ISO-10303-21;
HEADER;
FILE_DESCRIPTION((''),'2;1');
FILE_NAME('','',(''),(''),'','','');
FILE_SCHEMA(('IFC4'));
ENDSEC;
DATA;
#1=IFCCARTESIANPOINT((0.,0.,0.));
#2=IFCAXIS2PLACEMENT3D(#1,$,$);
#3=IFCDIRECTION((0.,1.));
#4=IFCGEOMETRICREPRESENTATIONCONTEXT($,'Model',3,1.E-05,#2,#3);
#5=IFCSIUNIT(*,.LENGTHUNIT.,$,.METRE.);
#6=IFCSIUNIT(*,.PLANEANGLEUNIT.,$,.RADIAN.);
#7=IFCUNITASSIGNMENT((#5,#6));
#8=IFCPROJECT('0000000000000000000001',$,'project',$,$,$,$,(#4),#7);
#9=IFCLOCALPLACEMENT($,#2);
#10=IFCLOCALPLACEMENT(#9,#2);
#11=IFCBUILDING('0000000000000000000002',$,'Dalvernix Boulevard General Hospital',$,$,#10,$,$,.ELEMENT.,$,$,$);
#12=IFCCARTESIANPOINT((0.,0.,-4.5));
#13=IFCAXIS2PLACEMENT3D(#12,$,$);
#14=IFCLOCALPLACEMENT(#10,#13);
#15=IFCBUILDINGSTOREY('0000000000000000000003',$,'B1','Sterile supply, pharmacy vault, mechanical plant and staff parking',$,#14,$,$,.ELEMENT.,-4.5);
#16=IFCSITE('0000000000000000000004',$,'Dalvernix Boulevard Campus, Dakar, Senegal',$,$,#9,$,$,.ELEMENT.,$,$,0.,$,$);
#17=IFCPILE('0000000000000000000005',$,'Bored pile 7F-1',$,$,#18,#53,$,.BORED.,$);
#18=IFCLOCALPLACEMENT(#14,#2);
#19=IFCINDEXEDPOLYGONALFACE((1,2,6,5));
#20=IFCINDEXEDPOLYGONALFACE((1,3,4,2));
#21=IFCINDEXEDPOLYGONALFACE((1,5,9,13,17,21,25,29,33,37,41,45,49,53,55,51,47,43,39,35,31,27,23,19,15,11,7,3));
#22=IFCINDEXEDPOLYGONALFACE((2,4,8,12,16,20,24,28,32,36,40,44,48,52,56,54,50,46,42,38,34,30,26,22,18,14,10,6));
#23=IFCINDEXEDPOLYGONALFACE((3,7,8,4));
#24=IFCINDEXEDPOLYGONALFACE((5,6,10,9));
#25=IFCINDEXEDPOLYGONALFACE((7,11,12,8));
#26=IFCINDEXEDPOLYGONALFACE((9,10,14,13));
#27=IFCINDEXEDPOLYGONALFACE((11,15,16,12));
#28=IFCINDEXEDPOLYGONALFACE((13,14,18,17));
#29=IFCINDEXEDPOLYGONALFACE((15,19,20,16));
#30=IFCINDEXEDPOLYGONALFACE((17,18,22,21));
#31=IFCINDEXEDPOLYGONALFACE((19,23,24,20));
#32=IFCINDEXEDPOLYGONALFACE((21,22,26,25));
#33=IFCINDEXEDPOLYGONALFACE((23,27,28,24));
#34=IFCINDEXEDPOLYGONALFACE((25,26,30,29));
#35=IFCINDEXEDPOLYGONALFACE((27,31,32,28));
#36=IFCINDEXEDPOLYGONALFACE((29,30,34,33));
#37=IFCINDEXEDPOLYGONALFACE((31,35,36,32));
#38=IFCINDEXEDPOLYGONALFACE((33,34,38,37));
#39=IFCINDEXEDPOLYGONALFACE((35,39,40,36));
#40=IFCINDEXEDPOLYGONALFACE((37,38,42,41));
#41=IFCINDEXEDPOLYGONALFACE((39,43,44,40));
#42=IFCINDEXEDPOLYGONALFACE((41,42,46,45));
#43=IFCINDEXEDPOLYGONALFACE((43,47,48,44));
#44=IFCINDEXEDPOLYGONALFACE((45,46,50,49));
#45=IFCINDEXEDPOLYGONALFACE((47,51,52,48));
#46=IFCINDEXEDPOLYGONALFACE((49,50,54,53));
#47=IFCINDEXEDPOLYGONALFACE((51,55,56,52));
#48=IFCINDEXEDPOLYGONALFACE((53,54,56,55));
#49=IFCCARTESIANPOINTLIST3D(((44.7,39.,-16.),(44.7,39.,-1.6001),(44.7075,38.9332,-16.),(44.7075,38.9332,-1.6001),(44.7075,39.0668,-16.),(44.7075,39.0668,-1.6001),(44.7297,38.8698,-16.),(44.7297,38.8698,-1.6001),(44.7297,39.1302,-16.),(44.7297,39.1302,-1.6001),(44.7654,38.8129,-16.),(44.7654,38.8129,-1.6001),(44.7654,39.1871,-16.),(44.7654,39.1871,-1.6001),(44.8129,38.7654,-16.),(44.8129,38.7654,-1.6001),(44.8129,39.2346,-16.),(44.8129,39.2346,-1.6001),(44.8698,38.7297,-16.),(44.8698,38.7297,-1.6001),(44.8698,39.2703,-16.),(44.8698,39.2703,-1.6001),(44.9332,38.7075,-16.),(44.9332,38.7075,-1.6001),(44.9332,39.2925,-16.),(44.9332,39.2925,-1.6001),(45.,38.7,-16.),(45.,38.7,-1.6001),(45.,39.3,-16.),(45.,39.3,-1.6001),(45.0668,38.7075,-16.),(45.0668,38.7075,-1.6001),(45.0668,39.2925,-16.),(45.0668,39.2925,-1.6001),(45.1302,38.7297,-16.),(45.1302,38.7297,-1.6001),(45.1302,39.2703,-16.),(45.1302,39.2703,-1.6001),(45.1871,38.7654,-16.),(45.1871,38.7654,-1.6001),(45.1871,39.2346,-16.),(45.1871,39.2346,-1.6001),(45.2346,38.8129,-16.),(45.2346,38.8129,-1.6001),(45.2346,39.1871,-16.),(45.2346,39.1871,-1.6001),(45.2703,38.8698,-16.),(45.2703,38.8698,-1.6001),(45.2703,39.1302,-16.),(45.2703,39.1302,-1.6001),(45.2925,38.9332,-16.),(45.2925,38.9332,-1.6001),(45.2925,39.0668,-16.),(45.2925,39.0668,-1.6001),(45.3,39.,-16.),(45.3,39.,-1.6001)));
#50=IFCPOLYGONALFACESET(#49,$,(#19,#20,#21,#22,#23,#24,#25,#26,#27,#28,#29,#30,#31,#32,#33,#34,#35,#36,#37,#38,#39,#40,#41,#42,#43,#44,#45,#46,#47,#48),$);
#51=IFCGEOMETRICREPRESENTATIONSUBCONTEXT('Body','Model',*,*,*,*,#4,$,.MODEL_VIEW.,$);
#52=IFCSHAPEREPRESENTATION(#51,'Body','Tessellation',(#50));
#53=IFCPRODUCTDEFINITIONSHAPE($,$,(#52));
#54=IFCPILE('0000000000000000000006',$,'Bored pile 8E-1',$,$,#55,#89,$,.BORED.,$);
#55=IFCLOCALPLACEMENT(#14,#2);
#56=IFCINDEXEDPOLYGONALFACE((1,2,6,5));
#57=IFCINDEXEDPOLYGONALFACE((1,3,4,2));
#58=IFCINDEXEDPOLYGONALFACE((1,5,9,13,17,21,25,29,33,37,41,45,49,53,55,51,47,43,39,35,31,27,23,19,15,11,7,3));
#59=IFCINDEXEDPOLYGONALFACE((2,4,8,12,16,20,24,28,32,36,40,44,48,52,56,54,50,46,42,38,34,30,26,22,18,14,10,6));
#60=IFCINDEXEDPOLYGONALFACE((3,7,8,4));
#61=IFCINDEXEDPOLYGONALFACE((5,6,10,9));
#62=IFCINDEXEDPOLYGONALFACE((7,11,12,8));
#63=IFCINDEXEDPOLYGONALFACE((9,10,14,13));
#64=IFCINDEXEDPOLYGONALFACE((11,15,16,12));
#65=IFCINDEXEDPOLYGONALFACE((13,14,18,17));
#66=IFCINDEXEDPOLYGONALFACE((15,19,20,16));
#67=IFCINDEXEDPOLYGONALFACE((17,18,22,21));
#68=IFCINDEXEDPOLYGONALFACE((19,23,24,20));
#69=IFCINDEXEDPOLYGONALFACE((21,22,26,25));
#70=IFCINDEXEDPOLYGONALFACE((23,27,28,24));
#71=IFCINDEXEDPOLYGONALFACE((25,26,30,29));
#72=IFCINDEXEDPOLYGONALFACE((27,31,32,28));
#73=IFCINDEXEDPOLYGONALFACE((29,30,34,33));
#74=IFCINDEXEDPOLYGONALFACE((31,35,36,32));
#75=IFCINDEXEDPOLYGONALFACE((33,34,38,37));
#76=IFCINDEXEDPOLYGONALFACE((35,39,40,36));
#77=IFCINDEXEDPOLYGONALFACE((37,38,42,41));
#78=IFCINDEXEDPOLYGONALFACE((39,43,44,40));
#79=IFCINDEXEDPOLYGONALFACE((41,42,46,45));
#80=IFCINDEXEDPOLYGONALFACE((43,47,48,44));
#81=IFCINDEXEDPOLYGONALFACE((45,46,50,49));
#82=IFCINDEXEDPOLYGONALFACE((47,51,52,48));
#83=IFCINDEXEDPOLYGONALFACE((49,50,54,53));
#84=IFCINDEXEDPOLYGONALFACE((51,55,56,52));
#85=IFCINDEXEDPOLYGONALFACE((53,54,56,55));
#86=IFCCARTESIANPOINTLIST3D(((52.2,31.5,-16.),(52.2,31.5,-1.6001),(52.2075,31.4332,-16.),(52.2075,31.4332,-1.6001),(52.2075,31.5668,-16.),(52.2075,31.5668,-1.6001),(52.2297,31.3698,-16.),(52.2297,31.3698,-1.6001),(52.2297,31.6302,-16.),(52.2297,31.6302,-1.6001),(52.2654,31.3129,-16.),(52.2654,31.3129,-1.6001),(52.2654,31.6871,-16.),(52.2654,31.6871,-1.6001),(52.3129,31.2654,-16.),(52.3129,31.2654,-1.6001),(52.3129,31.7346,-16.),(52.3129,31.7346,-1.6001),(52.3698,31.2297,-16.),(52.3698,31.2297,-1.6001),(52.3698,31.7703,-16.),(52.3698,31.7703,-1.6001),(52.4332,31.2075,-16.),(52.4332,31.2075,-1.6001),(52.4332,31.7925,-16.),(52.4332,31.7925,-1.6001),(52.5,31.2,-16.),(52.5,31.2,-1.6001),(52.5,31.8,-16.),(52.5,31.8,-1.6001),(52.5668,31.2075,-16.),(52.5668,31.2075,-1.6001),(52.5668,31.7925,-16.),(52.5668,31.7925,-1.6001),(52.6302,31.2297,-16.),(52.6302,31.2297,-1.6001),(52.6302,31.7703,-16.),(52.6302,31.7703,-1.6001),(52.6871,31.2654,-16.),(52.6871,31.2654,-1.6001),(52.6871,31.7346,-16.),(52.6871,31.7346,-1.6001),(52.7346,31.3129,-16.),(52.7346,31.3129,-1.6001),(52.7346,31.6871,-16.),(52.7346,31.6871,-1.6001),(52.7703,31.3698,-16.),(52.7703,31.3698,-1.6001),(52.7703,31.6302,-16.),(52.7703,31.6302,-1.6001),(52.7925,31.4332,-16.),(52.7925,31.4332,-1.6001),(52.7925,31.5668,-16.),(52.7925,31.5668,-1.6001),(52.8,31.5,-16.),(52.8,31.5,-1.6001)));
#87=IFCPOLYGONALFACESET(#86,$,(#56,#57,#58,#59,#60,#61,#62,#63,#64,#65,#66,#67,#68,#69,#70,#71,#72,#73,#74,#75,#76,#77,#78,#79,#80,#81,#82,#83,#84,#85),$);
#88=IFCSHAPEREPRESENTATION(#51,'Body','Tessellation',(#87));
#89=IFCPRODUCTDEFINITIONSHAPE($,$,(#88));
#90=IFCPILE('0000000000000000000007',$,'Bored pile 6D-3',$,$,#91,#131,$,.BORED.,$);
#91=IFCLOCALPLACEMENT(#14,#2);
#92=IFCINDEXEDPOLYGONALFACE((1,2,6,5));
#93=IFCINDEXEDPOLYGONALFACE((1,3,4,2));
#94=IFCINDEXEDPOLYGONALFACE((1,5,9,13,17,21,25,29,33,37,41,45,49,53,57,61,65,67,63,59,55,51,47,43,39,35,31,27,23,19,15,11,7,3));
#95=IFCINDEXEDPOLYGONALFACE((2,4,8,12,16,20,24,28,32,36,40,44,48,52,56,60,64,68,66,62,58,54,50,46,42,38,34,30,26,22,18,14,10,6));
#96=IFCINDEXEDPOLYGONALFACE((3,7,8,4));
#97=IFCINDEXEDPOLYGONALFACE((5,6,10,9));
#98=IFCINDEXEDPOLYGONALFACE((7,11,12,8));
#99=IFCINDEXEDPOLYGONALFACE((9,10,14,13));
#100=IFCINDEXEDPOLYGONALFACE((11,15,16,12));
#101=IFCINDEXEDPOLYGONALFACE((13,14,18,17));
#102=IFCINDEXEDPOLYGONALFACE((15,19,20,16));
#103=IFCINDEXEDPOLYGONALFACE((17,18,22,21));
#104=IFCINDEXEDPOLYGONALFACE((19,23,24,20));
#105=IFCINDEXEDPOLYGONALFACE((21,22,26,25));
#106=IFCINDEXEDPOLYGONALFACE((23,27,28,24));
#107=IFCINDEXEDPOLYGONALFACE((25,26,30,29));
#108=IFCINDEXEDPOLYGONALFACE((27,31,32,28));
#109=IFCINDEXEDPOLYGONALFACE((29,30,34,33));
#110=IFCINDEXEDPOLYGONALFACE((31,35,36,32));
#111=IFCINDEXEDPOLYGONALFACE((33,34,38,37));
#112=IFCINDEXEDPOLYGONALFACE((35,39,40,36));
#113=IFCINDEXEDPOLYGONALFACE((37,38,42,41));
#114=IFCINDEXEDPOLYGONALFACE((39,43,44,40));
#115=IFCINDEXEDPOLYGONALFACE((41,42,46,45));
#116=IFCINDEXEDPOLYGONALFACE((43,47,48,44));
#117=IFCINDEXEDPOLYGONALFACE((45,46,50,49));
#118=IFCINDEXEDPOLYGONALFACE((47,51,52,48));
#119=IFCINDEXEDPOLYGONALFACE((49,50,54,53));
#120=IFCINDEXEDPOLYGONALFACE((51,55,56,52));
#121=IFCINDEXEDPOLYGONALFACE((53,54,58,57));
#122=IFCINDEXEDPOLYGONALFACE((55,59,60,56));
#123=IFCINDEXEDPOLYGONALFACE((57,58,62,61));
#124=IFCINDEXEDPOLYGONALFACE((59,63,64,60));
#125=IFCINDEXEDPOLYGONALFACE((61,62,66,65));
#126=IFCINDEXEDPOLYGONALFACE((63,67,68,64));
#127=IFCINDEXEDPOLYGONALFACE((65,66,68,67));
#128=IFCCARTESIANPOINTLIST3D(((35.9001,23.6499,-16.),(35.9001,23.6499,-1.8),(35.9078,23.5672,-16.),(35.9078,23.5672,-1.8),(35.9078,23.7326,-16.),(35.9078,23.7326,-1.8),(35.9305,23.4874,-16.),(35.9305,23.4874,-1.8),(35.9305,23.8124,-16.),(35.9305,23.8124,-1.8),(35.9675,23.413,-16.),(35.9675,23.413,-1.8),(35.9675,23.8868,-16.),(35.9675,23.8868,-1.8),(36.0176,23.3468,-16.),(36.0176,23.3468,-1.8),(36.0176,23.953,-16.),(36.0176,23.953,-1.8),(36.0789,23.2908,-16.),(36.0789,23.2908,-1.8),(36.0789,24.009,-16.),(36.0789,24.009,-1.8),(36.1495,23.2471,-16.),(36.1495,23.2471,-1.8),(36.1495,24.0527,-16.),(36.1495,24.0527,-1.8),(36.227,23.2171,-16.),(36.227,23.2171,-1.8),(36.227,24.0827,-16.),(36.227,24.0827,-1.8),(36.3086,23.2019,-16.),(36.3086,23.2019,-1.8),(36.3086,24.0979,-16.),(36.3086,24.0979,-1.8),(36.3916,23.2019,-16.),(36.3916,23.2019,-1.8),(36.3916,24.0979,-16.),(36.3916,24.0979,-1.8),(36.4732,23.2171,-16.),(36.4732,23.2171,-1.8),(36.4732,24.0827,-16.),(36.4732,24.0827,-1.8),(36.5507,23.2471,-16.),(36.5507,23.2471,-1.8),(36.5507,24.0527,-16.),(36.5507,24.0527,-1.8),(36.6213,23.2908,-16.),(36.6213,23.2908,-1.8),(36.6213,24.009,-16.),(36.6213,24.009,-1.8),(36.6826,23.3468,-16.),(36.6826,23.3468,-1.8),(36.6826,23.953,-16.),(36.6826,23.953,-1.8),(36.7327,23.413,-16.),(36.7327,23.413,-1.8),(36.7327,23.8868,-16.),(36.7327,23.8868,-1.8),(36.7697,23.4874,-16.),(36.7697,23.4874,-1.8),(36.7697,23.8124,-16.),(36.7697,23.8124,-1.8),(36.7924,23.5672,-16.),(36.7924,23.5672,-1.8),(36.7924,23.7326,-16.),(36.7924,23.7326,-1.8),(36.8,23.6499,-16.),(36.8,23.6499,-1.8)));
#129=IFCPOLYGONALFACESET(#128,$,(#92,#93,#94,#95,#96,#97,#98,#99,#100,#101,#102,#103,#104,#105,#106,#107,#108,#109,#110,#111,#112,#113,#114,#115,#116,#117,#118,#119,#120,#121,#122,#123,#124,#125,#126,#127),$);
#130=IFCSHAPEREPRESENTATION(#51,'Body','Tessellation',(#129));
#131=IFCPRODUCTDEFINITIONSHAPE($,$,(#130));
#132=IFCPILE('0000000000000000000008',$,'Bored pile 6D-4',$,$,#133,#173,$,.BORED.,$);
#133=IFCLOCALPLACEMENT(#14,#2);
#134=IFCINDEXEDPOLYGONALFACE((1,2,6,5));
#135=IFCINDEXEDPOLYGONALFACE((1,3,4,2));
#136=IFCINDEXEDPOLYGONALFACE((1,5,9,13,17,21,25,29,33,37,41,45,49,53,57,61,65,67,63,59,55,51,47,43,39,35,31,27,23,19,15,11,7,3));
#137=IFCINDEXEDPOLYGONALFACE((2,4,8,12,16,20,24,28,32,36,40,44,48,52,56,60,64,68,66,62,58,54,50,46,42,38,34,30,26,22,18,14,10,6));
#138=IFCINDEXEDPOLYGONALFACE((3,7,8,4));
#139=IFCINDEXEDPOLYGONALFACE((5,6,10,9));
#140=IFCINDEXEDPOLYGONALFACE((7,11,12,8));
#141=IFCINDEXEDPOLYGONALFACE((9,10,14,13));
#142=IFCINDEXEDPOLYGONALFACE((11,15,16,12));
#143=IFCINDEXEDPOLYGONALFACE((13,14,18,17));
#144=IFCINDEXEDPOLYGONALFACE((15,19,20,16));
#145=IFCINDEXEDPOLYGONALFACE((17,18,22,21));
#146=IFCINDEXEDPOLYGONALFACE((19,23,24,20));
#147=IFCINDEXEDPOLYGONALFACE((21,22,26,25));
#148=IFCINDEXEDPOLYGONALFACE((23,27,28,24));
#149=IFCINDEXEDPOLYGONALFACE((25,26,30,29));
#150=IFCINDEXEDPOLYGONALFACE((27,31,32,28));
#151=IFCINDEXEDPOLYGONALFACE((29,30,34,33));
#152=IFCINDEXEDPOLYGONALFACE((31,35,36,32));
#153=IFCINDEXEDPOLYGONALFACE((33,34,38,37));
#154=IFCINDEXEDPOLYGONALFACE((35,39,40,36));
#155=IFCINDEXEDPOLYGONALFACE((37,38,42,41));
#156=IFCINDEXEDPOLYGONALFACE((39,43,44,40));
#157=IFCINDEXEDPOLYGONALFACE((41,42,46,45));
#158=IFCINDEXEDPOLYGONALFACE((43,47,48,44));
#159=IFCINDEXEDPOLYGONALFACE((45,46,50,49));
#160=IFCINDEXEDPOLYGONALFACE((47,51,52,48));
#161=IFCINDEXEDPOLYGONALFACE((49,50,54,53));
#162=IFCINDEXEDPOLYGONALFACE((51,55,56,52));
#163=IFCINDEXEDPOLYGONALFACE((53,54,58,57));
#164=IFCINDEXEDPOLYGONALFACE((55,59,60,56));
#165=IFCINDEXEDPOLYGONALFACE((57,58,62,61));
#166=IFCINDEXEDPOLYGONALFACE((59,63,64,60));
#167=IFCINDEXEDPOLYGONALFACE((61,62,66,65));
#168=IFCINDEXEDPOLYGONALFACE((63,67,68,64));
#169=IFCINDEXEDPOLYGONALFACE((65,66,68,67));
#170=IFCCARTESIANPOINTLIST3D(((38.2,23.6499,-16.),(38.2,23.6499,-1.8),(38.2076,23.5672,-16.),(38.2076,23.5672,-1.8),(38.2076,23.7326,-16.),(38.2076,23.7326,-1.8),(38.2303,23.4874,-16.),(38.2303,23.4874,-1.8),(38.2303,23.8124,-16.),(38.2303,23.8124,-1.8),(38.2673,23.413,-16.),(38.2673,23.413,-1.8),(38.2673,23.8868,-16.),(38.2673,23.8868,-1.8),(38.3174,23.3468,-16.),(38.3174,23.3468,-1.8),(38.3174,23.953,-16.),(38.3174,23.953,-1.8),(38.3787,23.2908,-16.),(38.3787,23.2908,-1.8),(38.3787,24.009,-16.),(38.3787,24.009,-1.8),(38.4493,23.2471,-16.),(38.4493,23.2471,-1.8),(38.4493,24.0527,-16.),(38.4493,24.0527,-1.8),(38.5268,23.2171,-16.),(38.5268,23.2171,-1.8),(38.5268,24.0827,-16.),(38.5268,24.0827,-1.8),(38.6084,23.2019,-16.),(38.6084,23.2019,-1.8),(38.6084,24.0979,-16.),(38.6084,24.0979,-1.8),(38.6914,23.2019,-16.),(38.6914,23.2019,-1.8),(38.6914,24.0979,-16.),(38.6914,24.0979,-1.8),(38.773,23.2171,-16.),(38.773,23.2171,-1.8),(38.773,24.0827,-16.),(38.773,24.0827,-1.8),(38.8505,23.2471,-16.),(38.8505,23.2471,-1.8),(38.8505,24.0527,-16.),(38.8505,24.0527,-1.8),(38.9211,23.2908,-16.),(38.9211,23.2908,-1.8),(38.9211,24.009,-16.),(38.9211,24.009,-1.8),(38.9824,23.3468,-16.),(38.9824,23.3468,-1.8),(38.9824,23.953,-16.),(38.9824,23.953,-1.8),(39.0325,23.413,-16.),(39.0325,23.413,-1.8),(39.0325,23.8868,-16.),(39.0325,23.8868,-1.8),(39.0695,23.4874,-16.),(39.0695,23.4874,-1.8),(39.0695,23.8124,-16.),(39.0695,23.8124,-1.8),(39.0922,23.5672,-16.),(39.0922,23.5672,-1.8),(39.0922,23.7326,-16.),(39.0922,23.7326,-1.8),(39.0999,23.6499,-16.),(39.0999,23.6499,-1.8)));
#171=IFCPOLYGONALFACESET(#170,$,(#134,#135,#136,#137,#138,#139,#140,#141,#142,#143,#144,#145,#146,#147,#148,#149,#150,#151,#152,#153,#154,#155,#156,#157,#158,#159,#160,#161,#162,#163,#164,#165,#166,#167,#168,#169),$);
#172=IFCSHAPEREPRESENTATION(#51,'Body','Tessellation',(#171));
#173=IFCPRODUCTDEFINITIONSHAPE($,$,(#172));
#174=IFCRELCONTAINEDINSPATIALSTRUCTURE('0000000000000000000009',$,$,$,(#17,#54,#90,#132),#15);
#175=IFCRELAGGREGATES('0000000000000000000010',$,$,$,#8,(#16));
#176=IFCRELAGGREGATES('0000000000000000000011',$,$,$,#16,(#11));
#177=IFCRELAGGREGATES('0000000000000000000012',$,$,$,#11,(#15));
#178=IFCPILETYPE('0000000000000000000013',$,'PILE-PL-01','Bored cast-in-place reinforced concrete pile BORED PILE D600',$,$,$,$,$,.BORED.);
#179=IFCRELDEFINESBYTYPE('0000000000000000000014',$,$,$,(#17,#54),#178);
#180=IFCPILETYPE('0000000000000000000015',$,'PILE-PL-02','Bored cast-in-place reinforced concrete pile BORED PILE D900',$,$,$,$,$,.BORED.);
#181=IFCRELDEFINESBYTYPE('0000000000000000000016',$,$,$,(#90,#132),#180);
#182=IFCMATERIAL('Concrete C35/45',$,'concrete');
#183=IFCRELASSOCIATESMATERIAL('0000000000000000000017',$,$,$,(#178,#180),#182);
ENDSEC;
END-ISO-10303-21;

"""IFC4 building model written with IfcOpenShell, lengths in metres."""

from ifc_helpers import new_model, si_unit, direction, frame, origin, origin_2d, place, context, subcontext, project, spatial, circle, extrude, material, material_profile, profile_set, type_object, element, save


model = new_model("IFC4")

# Units and contexts
model_context = context("Model", 3, precision=1e-05, world=origin(), true_north=direction((0.0, 1.0)))
body_context = subcontext(model_context, "Body", "Model", "MODEL_VIEW")
ifc_project = project(units=[si_unit("LENGTHUNIT", "METRE"), si_unit("PLANEANGLEUNIT", "RADIAN")], contexts=[model_context])

# Site, building, storey
site_placement = place(None, origin())
site = spatial("IfcSite", under=ifc_project, at=site_placement, Name="Dalvernix Boulevard Campus, Dakar, Senegal", CompositionType="ELEMENT", RefElevation=0.0)
building_placement = place(site_placement, origin())
building = spatial("IfcBuilding", under=site, at=building_placement, Name="Dalvernix Boulevard General Hospital", CompositionType="ELEMENT")
storey_placement = place(building_placement, frame((0.0, 0.0, -4.5)))
storey = spatial("IfcBuildingStorey", under=building, at=storey_placement, Name="B1", Description="Sterile supply, pharmacy vault, mechanical plant and staff parking", CompositionType="ELEMENT", Elevation=-4.5)

# Shared definitions
ifc_material_1 = material(Name="Concrete C35/45", Category="concrete")

# Piles
ifc_material_profile_1 = material_profile(ifc_material_1, circle(Radius=0.3, at=origin_2d()), Name="BORED PILE D600")
ifc_profile_set_1 = profile_set([ifc_material_profile_1], Name="Concrete C35/45")
pile_type_1 = type_object("IfcPileType", Name="PILE-PL-01", Description="Bored cast-in-place reinforced concrete pile BORED PILE D600", PredefinedType="BORED", material=ifc_profile_set_1)
for number, where, z_axis, x_axis, name in (
    (1, (45.0, 39.0, -1.6001), (0.0, 0.0, -1.0), (1.0, 0.0, 0.0), "Bored pile 7F-1"),
    (2, (52.5, 31.5, -1.6001), (0.0, 0.0, -1.0), (1.0, 0.0, 0.0), "Bored pile 8E-1"),
):
    element("IfcPile", number, at=place(storey_placement, frame(where, z_axis=z_axis, x_axis=x_axis)), inside=storey, type_object=pile_type_1, Name=name, PredefinedType="BORED", context=body_context, shape_type="SweptSolid", body=[
        extrude(circle(Radius=0.3, at=origin_2d()), origin(), (0.0, 0.0, 1.0), 14.3999),
    ])
ifc_material_profile_2 = material_profile(ifc_material_1, circle(Radius=0.45, at=origin_2d()), Name="BORED PILE D900")
ifc_profile_set_2 = profile_set([ifc_material_profile_2], Name="Concrete C35/45")
pile_type_2 = type_object("IfcPileType", Name="PILE-PL-02", Description="Bored cast-in-place reinforced concrete pile BORED PILE D900", PredefinedType="BORED", material=ifc_profile_set_2)
for number, where, z_axis, x_axis, name in (
    (3, (36.3501, 23.6499, -1.8), (0.0, 0.0, -1.0), (1.0, 0.0, 0.0), "Bored pile 6D-3"),
    (4, (38.6499, 23.6499, -1.8), (0.0, 0.0, -1.0), (1.0, 0.0, 0.0), "Bored pile 6D-4"),
):
    element("IfcPile", number, at=place(storey_placement, frame(where, z_axis=z_axis, x_axis=x_axis)), inside=storey, type_object=pile_type_2, Name=name, PredefinedType="BORED", context=body_context, shape_type="SweptSolid", body=[
        extrude(circle(Radius=0.45, at=origin_2d()), origin(), (0.0, 0.0, 1.0), 14.2),
    ])

save(model, "model.ifc")
